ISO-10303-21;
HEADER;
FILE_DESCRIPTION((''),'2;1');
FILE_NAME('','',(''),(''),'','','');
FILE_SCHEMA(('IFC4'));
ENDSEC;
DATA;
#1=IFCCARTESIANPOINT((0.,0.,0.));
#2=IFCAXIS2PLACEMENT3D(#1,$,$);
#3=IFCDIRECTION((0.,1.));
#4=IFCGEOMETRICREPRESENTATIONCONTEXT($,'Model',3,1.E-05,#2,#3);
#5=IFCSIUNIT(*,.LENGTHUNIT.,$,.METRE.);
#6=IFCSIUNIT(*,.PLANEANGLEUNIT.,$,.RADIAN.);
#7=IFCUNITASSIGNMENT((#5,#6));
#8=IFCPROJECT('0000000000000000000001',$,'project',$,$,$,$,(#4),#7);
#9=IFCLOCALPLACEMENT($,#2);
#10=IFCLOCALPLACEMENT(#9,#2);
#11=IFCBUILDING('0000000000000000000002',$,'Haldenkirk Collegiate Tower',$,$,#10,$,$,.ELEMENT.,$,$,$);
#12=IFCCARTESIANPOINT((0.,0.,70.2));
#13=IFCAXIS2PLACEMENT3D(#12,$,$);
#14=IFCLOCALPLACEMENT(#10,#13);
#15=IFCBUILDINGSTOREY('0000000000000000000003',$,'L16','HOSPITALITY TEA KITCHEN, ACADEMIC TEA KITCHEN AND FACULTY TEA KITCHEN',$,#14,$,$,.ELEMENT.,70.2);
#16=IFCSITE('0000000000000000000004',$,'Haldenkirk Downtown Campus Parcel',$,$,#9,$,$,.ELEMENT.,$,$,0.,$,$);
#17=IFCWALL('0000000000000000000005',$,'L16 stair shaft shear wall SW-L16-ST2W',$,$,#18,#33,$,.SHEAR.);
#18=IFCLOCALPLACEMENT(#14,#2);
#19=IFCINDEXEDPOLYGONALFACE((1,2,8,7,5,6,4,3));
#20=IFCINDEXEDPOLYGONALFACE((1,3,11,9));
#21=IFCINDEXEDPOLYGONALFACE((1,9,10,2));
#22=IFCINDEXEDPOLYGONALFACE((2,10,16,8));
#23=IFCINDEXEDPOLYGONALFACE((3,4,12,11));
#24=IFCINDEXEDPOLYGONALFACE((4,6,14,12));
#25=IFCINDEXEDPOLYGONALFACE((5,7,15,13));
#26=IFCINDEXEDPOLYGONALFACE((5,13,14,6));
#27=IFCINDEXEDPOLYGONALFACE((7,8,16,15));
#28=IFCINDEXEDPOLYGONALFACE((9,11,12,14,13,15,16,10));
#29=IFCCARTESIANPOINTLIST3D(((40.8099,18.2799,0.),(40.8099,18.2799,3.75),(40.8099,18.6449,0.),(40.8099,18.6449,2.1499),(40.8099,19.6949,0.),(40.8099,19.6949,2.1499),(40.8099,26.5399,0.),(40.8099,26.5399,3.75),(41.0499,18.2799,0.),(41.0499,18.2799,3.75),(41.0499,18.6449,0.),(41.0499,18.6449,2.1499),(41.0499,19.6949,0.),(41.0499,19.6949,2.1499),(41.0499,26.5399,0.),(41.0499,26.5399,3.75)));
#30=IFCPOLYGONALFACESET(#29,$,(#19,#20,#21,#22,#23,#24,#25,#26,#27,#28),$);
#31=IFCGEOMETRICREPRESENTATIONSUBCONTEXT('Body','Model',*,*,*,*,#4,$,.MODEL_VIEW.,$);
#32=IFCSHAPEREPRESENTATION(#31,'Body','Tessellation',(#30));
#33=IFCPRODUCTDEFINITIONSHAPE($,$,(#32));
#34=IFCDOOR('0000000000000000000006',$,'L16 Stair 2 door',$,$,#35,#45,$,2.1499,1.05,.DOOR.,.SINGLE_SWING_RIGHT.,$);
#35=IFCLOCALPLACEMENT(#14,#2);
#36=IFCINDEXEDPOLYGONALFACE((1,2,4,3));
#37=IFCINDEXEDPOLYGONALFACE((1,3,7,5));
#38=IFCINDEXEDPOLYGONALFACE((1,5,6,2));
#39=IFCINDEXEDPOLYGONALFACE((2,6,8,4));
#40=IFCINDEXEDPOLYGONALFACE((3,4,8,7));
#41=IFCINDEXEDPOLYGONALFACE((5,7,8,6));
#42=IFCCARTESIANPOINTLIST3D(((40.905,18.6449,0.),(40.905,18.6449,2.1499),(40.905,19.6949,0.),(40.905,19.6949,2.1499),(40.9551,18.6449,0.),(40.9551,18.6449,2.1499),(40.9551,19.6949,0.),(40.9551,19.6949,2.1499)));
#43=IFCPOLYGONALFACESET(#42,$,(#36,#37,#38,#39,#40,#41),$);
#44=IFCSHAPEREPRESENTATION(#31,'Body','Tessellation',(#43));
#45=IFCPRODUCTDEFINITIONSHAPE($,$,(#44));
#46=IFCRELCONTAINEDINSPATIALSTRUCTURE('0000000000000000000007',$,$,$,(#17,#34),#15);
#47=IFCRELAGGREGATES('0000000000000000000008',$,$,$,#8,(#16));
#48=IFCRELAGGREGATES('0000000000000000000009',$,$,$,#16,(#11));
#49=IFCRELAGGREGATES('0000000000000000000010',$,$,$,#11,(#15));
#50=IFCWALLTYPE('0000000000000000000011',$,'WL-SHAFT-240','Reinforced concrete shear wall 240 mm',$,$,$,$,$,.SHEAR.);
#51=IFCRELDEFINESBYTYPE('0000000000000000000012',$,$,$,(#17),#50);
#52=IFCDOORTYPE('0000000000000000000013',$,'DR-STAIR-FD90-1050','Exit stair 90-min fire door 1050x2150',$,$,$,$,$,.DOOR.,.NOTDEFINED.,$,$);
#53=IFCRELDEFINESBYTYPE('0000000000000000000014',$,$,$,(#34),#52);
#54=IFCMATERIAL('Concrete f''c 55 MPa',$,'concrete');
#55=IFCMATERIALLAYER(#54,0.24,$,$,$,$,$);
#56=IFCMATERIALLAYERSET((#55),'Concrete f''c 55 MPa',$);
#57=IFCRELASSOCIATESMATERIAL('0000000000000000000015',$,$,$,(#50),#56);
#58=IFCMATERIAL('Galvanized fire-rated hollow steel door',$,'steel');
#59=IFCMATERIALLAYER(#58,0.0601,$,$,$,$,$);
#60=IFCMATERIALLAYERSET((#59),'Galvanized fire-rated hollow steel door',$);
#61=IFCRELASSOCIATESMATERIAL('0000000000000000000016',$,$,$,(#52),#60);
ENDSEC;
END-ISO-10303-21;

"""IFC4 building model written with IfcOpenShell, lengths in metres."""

from ifc_helpers import new_model, si_unit, direction, frame, frame_2d, origin, place, context, subcontext, project, spatial, rectangle, extrude, material, layer, layer_set, type_object, element, fill, save


model = new_model("IFC4")

# Units and contexts
model_context = context("Model", 3, precision=1e-05, world=origin(), true_north=direction((0.0, 1.0)))
body_context = subcontext(model_context, "Body", "Model", "MODEL_VIEW")
ifc_project = project(units=[si_unit("LENGTHUNIT", "METRE"), si_unit("PLANEANGLEUNIT", "RADIAN")], contexts=[model_context])

# Site, building, storey
site_placement = place(None, origin())
site = spatial("IfcSite", under=ifc_project, at=site_placement, Name="Haldenkirk Downtown Campus Parcel", CompositionType="ELEMENT", RefElevation=0.0)
building_placement = place(site_placement, origin())
building = spatial("IfcBuilding", under=site, at=building_placement, Name="Haldenkirk Collegiate Tower", CompositionType="ELEMENT")
storey_placement = place(building_placement, frame((0.0, 0.0, 70.2)))
storey = spatial("IfcBuildingStorey", under=building, at=storey_placement, Name="L16", Description="HOSPITALITY TEA KITCHEN, ACADEMIC TEA KITCHEN AND FACULTY TEA KITCHEN", CompositionType="ELEMENT", Elevation=70.2)

# Wall, opening, door
ifc_material_1 = material(Name="Concrete f'c 55 MPa", Category="concrete")
ifc_layer_1 = layer(ifc_material_1, 0.24)
ifc_layer_set_1 = layer_set([ifc_layer_1], Name="Concrete f'c 55 MPa")
wall_type_1 = type_object("IfcWallType", Name="WL-SHAFT-240", Description="Reinforced concrete shear wall 240 mm", PredefinedType="SHEAR", material=ifc_layer_set_1)
wall_1_placement = place(storey_placement, frame((40.9299, 18.28, 0.0), z_axis=(0.0, 0.0, 1.0), x_axis=(0.0, 1.0, 0.0)))
wall_1 = element("IfcWall", 1, at=wall_1_placement, inside=storey, type_object=wall_type_1, Name="L16 stair shaft shear wall SW-L16-ST2W", PredefinedType="SHEAR", context=body_context, shape_type="SweptSolid", body=[
    extrude(rectangle(XDim=8.26, YDim=0.24, at=frame_2d((4.1299, 0.0))), origin(), (0.0, 0.0, 1.0), 3.75),
])
opening_1_placement = place(wall_1_placement, frame((0.365, 0.0, 0.0)))
opening_1 = element("IfcOpeningElement", 2, at=opening_1_placement, cuts=wall_1, PredefinedType="OPENING", context=body_context, shape_type="SweptSolid", body=[
    extrude(rectangle(XDim=1.05, YDim=2.1499, at=frame_2d((0.5249, 1.075))), frame((0.0, 0.1299, 0.0), z_axis=(0.0, -1.0, 0.0), x_axis=(1.0, 0.0, 0.0)), (0.0, 0.0, 1.0), 0.26),
])
ifc_material_2 = material(Name="Galvanized fire-rated hollow steel door", Category="steel")
ifc_layer_2 = layer(ifc_material_2, 0.0601)
ifc_layer_set_2 = layer_set([ifc_layer_2], Name="Galvanized fire-rated hollow steel door")
door_type_1 = type_object("IfcDoorType", Name="DR-STAIR-FD90-1050", Description="Exit stair 90-min fire door 1050x2150", OperationType="NOTDEFINED", PredefinedType="DOOR", material=ifc_layer_set_2)
door_1_placement = place(opening_1_placement, origin())
door_1 = element("IfcDoor", 3, at=door_1_placement, inside=storey, type_object=door_type_1, Name="L16 Stair 2 door", OperationType="SINGLE_SWING_RIGHT", OverallHeight=2.1499, OverallWidth=1.05, PredefinedType="DOOR", context=body_context, shape_type="SweptSolid", body=[
    extrude(rectangle(XDim=1.05, YDim=2.1499, at=frame_2d((0.5249, 1.075))), frame((0.0, 0.0249, 0.0), z_axis=(0.0, -1.0, 0.0), x_axis=(1.0, 0.0, 0.0)), (0.0, 0.0, 1.0), 0.05),
])
fill(opening_1, door_1)

save(model, "model.ifc")
